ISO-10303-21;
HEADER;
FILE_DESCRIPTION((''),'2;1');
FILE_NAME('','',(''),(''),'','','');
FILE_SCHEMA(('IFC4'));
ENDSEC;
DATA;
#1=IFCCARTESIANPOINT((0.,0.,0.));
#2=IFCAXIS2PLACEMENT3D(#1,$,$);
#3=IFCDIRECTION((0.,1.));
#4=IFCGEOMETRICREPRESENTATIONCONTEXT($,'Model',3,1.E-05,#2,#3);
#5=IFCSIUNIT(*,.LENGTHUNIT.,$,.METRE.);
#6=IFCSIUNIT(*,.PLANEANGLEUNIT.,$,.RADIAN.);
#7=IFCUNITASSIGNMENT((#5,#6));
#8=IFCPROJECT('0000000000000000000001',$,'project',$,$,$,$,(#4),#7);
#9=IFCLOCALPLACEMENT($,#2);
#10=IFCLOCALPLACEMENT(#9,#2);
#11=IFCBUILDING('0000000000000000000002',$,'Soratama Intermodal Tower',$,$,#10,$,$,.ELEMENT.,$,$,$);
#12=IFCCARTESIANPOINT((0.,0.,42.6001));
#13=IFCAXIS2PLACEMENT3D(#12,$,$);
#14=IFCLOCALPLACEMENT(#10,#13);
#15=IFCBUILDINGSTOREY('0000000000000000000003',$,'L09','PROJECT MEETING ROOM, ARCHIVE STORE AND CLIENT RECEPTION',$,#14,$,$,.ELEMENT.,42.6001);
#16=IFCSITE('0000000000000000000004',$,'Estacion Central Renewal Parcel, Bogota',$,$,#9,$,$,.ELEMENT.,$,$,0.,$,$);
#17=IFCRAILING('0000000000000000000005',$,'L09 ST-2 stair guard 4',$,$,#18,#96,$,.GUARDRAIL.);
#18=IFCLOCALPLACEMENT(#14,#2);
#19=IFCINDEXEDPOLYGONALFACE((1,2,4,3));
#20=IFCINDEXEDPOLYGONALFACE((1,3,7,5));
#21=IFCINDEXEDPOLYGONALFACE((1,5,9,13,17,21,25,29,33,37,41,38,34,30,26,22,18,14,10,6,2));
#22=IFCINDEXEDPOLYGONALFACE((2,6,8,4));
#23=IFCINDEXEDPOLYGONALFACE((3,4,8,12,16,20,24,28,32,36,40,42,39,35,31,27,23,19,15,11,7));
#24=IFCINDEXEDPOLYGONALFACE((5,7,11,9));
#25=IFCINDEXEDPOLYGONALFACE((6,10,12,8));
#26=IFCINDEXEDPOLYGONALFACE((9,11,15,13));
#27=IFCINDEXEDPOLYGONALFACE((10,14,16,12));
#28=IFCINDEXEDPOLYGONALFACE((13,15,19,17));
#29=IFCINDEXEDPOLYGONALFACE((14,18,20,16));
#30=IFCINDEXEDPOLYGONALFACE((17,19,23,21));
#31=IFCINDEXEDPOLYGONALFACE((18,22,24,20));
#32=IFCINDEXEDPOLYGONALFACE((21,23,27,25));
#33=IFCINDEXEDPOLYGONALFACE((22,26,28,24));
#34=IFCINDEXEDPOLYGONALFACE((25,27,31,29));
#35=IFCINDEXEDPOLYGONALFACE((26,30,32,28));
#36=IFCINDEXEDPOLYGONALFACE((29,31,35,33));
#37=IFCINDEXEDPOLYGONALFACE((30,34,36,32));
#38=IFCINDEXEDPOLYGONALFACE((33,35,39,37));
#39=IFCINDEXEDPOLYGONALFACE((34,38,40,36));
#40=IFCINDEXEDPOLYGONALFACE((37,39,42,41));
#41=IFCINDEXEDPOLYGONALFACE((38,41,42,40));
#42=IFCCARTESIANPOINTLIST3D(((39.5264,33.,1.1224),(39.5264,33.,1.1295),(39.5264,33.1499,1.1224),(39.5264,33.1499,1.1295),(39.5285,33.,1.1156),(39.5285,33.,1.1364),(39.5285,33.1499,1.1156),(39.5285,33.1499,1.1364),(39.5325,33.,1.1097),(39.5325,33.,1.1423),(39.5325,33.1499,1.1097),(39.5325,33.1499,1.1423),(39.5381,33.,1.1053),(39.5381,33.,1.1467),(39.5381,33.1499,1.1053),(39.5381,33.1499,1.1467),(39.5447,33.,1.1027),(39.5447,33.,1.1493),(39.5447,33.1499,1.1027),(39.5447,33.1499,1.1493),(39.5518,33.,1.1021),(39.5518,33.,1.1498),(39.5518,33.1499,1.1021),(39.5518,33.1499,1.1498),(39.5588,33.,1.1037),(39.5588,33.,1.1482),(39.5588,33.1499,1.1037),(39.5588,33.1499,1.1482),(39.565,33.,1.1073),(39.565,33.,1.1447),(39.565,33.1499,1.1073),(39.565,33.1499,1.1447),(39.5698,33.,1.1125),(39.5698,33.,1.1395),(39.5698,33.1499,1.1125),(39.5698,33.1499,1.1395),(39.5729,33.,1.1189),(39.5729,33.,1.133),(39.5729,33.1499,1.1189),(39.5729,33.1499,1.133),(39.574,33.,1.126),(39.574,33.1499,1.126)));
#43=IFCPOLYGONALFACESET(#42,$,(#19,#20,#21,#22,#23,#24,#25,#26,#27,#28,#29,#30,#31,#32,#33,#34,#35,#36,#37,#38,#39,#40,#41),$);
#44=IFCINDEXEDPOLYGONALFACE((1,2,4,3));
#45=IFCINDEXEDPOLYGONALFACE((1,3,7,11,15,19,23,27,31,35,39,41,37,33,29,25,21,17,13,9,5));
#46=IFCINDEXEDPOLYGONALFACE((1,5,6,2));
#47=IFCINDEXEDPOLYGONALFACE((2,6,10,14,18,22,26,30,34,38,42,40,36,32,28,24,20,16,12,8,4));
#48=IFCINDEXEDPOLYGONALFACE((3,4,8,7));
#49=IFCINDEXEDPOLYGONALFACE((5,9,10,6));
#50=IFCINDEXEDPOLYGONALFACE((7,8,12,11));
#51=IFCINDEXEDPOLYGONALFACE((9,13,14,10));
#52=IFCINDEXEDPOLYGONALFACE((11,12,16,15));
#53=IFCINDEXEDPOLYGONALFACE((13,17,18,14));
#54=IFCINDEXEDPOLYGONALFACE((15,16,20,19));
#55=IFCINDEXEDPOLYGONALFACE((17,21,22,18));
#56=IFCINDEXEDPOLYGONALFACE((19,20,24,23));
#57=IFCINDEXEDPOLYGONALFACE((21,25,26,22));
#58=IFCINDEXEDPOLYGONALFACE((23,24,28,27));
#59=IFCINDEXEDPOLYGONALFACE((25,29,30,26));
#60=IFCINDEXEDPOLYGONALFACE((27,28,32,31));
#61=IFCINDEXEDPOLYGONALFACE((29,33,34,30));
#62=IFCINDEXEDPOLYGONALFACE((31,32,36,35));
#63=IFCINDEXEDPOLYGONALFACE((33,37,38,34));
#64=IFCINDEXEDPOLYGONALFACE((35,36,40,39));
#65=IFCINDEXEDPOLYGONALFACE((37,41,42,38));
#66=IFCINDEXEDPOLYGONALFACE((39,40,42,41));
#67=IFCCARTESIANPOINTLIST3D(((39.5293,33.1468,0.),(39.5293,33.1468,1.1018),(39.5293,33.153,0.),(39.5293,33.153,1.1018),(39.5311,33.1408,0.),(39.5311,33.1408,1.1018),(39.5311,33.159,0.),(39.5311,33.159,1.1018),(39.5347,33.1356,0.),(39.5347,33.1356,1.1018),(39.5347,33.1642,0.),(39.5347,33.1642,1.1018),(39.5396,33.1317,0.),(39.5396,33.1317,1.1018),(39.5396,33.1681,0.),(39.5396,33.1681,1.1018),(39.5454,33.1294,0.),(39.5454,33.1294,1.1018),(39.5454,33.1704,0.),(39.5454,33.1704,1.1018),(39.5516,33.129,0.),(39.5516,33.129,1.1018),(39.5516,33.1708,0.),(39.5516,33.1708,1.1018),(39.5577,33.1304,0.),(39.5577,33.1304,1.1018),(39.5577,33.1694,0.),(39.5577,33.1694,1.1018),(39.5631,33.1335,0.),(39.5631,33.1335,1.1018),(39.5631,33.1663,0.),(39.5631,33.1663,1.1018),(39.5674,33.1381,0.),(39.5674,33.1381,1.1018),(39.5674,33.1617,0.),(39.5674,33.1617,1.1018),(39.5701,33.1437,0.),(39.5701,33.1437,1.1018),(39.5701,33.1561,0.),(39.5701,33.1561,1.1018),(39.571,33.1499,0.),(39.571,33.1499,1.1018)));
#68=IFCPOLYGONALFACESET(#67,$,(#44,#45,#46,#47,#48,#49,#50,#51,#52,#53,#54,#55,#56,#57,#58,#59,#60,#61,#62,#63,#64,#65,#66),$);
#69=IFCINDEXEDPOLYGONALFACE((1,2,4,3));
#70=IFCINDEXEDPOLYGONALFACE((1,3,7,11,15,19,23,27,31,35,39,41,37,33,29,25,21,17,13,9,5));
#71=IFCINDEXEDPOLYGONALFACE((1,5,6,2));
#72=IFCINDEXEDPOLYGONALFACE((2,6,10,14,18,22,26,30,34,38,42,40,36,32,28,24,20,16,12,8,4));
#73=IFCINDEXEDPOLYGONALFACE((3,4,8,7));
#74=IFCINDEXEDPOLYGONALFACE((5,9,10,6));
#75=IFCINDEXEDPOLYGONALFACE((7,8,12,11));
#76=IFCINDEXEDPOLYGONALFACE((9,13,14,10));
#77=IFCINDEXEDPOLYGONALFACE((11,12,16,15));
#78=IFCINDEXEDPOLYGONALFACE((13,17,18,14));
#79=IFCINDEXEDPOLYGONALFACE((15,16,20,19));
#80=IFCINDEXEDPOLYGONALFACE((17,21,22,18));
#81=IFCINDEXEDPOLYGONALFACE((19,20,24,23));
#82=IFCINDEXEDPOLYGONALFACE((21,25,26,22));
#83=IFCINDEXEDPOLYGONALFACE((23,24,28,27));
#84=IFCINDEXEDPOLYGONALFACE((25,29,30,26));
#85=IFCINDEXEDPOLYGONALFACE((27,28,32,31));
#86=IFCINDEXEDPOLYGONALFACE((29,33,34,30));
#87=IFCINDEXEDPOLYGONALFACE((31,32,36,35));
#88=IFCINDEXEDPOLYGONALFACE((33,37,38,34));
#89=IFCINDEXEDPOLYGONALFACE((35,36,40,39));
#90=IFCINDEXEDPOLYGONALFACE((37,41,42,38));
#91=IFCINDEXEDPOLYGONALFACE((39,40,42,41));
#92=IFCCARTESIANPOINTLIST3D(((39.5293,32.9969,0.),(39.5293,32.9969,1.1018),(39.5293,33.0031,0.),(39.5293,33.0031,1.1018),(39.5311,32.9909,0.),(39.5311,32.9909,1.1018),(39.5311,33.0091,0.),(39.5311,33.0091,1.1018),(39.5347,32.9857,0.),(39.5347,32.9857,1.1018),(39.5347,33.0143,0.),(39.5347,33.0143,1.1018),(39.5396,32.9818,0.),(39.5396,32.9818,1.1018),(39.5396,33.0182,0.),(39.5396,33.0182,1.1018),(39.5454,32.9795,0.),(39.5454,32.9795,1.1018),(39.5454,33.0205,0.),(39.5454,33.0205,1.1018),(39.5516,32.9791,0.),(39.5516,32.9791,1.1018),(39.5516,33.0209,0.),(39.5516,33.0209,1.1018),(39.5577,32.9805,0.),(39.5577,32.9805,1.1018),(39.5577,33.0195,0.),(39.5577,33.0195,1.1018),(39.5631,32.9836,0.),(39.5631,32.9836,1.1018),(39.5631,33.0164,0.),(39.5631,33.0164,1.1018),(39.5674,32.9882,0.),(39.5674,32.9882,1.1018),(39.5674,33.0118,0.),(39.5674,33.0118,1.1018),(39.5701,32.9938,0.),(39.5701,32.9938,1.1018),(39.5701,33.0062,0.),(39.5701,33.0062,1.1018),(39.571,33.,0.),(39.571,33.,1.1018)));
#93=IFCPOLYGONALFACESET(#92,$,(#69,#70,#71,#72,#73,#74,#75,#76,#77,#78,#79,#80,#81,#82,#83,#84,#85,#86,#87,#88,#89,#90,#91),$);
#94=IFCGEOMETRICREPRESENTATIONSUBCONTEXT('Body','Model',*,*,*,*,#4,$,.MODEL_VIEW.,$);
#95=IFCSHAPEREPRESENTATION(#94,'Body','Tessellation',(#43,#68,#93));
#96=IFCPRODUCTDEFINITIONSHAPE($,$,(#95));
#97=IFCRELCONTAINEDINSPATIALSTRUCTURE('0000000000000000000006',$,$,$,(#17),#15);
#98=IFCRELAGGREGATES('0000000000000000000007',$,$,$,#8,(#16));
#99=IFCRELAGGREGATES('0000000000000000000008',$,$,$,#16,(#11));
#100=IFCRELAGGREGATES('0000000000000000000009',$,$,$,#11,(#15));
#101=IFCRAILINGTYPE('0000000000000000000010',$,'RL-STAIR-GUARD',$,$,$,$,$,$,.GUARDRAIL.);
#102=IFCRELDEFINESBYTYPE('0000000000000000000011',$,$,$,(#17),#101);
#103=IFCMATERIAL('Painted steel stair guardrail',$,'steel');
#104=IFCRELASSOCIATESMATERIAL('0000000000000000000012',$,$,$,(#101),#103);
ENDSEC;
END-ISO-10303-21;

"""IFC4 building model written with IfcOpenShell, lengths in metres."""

from ifc_helpers import new_model, si_unit, direction, frame, origin, origin_2d, place, context, subcontext, project, spatial, circle, extrude, material, type_object, element, save


model = new_model("IFC4")

# Units and contexts
model_context = context("Model", 3, precision=1e-05, world=origin(), true_north=direction((0.0, 1.0)))
body_context = subcontext(model_context, "Body", "Model", "MODEL_VIEW")
ifc_project = project(units=[si_unit("LENGTHUNIT", "METRE"), si_unit("PLANEANGLEUNIT", "RADIAN")], contexts=[model_context])

# Site, building, storey
site_placement = place(None, origin())
site = spatial("IfcSite", under=ifc_project, at=site_placement, Name="Estacion Central Renewal Parcel, Bogota", CompositionType="ELEMENT", RefElevation=0.0)
building_placement = place(site_placement, origin())
building = spatial("IfcBuilding", under=site, at=building_placement, Name="Soratama Intermodal Tower", CompositionType="ELEMENT")
storey_placement = place(building_placement, frame((0.0, 0.0, 42.6001)))
storey = spatial("IfcBuildingStorey", under=building, at=storey_placement, Name="L09", Description="PROJECT MEETING ROOM, ARCHIVE STORE AND CLIENT RECEPTION", CompositionType="ELEMENT", Elevation=42.6001)

# Railing
ifc_material_1 = material(Name="Painted steel stair guardrail", Category="steel")
railing_type = type_object("IfcRailingType", Name="RL-STAIR-GUARD", PredefinedType="GUARDRAIL", material=ifc_material_1)
railing_placement = place(storey_placement, frame((39.55, 33.1499, 0.0)))
element("IfcRailing", 1, at=railing_placement, inside=storey, type_object=railing_type, Name="L09 ST-2 stair guard 4", PredefinedType="GUARDRAIL", context=body_context, shape_type="SweptSolid", body=[
    extrude(circle(Radius=0.0239, at=origin_2d()), frame((0.0, 0.0, 1.126), z_axis=(0.0, -1.0, 0.0), x_axis=(1.0, 0.0, 0.0)), (0.0, 0.0, 1.0), 0.1499),
    extrude(circle(Radius=0.021, at=origin_2d()), origin(), (0.0, 0.0, 1.0), 1.1018),
    extrude(circle(Radius=0.021, at=origin_2d()), frame((0.0, -0.1499, 0.0)), (0.0, 0.0, 1.0), 1.1018),
])

save(model, "model.ifc")
